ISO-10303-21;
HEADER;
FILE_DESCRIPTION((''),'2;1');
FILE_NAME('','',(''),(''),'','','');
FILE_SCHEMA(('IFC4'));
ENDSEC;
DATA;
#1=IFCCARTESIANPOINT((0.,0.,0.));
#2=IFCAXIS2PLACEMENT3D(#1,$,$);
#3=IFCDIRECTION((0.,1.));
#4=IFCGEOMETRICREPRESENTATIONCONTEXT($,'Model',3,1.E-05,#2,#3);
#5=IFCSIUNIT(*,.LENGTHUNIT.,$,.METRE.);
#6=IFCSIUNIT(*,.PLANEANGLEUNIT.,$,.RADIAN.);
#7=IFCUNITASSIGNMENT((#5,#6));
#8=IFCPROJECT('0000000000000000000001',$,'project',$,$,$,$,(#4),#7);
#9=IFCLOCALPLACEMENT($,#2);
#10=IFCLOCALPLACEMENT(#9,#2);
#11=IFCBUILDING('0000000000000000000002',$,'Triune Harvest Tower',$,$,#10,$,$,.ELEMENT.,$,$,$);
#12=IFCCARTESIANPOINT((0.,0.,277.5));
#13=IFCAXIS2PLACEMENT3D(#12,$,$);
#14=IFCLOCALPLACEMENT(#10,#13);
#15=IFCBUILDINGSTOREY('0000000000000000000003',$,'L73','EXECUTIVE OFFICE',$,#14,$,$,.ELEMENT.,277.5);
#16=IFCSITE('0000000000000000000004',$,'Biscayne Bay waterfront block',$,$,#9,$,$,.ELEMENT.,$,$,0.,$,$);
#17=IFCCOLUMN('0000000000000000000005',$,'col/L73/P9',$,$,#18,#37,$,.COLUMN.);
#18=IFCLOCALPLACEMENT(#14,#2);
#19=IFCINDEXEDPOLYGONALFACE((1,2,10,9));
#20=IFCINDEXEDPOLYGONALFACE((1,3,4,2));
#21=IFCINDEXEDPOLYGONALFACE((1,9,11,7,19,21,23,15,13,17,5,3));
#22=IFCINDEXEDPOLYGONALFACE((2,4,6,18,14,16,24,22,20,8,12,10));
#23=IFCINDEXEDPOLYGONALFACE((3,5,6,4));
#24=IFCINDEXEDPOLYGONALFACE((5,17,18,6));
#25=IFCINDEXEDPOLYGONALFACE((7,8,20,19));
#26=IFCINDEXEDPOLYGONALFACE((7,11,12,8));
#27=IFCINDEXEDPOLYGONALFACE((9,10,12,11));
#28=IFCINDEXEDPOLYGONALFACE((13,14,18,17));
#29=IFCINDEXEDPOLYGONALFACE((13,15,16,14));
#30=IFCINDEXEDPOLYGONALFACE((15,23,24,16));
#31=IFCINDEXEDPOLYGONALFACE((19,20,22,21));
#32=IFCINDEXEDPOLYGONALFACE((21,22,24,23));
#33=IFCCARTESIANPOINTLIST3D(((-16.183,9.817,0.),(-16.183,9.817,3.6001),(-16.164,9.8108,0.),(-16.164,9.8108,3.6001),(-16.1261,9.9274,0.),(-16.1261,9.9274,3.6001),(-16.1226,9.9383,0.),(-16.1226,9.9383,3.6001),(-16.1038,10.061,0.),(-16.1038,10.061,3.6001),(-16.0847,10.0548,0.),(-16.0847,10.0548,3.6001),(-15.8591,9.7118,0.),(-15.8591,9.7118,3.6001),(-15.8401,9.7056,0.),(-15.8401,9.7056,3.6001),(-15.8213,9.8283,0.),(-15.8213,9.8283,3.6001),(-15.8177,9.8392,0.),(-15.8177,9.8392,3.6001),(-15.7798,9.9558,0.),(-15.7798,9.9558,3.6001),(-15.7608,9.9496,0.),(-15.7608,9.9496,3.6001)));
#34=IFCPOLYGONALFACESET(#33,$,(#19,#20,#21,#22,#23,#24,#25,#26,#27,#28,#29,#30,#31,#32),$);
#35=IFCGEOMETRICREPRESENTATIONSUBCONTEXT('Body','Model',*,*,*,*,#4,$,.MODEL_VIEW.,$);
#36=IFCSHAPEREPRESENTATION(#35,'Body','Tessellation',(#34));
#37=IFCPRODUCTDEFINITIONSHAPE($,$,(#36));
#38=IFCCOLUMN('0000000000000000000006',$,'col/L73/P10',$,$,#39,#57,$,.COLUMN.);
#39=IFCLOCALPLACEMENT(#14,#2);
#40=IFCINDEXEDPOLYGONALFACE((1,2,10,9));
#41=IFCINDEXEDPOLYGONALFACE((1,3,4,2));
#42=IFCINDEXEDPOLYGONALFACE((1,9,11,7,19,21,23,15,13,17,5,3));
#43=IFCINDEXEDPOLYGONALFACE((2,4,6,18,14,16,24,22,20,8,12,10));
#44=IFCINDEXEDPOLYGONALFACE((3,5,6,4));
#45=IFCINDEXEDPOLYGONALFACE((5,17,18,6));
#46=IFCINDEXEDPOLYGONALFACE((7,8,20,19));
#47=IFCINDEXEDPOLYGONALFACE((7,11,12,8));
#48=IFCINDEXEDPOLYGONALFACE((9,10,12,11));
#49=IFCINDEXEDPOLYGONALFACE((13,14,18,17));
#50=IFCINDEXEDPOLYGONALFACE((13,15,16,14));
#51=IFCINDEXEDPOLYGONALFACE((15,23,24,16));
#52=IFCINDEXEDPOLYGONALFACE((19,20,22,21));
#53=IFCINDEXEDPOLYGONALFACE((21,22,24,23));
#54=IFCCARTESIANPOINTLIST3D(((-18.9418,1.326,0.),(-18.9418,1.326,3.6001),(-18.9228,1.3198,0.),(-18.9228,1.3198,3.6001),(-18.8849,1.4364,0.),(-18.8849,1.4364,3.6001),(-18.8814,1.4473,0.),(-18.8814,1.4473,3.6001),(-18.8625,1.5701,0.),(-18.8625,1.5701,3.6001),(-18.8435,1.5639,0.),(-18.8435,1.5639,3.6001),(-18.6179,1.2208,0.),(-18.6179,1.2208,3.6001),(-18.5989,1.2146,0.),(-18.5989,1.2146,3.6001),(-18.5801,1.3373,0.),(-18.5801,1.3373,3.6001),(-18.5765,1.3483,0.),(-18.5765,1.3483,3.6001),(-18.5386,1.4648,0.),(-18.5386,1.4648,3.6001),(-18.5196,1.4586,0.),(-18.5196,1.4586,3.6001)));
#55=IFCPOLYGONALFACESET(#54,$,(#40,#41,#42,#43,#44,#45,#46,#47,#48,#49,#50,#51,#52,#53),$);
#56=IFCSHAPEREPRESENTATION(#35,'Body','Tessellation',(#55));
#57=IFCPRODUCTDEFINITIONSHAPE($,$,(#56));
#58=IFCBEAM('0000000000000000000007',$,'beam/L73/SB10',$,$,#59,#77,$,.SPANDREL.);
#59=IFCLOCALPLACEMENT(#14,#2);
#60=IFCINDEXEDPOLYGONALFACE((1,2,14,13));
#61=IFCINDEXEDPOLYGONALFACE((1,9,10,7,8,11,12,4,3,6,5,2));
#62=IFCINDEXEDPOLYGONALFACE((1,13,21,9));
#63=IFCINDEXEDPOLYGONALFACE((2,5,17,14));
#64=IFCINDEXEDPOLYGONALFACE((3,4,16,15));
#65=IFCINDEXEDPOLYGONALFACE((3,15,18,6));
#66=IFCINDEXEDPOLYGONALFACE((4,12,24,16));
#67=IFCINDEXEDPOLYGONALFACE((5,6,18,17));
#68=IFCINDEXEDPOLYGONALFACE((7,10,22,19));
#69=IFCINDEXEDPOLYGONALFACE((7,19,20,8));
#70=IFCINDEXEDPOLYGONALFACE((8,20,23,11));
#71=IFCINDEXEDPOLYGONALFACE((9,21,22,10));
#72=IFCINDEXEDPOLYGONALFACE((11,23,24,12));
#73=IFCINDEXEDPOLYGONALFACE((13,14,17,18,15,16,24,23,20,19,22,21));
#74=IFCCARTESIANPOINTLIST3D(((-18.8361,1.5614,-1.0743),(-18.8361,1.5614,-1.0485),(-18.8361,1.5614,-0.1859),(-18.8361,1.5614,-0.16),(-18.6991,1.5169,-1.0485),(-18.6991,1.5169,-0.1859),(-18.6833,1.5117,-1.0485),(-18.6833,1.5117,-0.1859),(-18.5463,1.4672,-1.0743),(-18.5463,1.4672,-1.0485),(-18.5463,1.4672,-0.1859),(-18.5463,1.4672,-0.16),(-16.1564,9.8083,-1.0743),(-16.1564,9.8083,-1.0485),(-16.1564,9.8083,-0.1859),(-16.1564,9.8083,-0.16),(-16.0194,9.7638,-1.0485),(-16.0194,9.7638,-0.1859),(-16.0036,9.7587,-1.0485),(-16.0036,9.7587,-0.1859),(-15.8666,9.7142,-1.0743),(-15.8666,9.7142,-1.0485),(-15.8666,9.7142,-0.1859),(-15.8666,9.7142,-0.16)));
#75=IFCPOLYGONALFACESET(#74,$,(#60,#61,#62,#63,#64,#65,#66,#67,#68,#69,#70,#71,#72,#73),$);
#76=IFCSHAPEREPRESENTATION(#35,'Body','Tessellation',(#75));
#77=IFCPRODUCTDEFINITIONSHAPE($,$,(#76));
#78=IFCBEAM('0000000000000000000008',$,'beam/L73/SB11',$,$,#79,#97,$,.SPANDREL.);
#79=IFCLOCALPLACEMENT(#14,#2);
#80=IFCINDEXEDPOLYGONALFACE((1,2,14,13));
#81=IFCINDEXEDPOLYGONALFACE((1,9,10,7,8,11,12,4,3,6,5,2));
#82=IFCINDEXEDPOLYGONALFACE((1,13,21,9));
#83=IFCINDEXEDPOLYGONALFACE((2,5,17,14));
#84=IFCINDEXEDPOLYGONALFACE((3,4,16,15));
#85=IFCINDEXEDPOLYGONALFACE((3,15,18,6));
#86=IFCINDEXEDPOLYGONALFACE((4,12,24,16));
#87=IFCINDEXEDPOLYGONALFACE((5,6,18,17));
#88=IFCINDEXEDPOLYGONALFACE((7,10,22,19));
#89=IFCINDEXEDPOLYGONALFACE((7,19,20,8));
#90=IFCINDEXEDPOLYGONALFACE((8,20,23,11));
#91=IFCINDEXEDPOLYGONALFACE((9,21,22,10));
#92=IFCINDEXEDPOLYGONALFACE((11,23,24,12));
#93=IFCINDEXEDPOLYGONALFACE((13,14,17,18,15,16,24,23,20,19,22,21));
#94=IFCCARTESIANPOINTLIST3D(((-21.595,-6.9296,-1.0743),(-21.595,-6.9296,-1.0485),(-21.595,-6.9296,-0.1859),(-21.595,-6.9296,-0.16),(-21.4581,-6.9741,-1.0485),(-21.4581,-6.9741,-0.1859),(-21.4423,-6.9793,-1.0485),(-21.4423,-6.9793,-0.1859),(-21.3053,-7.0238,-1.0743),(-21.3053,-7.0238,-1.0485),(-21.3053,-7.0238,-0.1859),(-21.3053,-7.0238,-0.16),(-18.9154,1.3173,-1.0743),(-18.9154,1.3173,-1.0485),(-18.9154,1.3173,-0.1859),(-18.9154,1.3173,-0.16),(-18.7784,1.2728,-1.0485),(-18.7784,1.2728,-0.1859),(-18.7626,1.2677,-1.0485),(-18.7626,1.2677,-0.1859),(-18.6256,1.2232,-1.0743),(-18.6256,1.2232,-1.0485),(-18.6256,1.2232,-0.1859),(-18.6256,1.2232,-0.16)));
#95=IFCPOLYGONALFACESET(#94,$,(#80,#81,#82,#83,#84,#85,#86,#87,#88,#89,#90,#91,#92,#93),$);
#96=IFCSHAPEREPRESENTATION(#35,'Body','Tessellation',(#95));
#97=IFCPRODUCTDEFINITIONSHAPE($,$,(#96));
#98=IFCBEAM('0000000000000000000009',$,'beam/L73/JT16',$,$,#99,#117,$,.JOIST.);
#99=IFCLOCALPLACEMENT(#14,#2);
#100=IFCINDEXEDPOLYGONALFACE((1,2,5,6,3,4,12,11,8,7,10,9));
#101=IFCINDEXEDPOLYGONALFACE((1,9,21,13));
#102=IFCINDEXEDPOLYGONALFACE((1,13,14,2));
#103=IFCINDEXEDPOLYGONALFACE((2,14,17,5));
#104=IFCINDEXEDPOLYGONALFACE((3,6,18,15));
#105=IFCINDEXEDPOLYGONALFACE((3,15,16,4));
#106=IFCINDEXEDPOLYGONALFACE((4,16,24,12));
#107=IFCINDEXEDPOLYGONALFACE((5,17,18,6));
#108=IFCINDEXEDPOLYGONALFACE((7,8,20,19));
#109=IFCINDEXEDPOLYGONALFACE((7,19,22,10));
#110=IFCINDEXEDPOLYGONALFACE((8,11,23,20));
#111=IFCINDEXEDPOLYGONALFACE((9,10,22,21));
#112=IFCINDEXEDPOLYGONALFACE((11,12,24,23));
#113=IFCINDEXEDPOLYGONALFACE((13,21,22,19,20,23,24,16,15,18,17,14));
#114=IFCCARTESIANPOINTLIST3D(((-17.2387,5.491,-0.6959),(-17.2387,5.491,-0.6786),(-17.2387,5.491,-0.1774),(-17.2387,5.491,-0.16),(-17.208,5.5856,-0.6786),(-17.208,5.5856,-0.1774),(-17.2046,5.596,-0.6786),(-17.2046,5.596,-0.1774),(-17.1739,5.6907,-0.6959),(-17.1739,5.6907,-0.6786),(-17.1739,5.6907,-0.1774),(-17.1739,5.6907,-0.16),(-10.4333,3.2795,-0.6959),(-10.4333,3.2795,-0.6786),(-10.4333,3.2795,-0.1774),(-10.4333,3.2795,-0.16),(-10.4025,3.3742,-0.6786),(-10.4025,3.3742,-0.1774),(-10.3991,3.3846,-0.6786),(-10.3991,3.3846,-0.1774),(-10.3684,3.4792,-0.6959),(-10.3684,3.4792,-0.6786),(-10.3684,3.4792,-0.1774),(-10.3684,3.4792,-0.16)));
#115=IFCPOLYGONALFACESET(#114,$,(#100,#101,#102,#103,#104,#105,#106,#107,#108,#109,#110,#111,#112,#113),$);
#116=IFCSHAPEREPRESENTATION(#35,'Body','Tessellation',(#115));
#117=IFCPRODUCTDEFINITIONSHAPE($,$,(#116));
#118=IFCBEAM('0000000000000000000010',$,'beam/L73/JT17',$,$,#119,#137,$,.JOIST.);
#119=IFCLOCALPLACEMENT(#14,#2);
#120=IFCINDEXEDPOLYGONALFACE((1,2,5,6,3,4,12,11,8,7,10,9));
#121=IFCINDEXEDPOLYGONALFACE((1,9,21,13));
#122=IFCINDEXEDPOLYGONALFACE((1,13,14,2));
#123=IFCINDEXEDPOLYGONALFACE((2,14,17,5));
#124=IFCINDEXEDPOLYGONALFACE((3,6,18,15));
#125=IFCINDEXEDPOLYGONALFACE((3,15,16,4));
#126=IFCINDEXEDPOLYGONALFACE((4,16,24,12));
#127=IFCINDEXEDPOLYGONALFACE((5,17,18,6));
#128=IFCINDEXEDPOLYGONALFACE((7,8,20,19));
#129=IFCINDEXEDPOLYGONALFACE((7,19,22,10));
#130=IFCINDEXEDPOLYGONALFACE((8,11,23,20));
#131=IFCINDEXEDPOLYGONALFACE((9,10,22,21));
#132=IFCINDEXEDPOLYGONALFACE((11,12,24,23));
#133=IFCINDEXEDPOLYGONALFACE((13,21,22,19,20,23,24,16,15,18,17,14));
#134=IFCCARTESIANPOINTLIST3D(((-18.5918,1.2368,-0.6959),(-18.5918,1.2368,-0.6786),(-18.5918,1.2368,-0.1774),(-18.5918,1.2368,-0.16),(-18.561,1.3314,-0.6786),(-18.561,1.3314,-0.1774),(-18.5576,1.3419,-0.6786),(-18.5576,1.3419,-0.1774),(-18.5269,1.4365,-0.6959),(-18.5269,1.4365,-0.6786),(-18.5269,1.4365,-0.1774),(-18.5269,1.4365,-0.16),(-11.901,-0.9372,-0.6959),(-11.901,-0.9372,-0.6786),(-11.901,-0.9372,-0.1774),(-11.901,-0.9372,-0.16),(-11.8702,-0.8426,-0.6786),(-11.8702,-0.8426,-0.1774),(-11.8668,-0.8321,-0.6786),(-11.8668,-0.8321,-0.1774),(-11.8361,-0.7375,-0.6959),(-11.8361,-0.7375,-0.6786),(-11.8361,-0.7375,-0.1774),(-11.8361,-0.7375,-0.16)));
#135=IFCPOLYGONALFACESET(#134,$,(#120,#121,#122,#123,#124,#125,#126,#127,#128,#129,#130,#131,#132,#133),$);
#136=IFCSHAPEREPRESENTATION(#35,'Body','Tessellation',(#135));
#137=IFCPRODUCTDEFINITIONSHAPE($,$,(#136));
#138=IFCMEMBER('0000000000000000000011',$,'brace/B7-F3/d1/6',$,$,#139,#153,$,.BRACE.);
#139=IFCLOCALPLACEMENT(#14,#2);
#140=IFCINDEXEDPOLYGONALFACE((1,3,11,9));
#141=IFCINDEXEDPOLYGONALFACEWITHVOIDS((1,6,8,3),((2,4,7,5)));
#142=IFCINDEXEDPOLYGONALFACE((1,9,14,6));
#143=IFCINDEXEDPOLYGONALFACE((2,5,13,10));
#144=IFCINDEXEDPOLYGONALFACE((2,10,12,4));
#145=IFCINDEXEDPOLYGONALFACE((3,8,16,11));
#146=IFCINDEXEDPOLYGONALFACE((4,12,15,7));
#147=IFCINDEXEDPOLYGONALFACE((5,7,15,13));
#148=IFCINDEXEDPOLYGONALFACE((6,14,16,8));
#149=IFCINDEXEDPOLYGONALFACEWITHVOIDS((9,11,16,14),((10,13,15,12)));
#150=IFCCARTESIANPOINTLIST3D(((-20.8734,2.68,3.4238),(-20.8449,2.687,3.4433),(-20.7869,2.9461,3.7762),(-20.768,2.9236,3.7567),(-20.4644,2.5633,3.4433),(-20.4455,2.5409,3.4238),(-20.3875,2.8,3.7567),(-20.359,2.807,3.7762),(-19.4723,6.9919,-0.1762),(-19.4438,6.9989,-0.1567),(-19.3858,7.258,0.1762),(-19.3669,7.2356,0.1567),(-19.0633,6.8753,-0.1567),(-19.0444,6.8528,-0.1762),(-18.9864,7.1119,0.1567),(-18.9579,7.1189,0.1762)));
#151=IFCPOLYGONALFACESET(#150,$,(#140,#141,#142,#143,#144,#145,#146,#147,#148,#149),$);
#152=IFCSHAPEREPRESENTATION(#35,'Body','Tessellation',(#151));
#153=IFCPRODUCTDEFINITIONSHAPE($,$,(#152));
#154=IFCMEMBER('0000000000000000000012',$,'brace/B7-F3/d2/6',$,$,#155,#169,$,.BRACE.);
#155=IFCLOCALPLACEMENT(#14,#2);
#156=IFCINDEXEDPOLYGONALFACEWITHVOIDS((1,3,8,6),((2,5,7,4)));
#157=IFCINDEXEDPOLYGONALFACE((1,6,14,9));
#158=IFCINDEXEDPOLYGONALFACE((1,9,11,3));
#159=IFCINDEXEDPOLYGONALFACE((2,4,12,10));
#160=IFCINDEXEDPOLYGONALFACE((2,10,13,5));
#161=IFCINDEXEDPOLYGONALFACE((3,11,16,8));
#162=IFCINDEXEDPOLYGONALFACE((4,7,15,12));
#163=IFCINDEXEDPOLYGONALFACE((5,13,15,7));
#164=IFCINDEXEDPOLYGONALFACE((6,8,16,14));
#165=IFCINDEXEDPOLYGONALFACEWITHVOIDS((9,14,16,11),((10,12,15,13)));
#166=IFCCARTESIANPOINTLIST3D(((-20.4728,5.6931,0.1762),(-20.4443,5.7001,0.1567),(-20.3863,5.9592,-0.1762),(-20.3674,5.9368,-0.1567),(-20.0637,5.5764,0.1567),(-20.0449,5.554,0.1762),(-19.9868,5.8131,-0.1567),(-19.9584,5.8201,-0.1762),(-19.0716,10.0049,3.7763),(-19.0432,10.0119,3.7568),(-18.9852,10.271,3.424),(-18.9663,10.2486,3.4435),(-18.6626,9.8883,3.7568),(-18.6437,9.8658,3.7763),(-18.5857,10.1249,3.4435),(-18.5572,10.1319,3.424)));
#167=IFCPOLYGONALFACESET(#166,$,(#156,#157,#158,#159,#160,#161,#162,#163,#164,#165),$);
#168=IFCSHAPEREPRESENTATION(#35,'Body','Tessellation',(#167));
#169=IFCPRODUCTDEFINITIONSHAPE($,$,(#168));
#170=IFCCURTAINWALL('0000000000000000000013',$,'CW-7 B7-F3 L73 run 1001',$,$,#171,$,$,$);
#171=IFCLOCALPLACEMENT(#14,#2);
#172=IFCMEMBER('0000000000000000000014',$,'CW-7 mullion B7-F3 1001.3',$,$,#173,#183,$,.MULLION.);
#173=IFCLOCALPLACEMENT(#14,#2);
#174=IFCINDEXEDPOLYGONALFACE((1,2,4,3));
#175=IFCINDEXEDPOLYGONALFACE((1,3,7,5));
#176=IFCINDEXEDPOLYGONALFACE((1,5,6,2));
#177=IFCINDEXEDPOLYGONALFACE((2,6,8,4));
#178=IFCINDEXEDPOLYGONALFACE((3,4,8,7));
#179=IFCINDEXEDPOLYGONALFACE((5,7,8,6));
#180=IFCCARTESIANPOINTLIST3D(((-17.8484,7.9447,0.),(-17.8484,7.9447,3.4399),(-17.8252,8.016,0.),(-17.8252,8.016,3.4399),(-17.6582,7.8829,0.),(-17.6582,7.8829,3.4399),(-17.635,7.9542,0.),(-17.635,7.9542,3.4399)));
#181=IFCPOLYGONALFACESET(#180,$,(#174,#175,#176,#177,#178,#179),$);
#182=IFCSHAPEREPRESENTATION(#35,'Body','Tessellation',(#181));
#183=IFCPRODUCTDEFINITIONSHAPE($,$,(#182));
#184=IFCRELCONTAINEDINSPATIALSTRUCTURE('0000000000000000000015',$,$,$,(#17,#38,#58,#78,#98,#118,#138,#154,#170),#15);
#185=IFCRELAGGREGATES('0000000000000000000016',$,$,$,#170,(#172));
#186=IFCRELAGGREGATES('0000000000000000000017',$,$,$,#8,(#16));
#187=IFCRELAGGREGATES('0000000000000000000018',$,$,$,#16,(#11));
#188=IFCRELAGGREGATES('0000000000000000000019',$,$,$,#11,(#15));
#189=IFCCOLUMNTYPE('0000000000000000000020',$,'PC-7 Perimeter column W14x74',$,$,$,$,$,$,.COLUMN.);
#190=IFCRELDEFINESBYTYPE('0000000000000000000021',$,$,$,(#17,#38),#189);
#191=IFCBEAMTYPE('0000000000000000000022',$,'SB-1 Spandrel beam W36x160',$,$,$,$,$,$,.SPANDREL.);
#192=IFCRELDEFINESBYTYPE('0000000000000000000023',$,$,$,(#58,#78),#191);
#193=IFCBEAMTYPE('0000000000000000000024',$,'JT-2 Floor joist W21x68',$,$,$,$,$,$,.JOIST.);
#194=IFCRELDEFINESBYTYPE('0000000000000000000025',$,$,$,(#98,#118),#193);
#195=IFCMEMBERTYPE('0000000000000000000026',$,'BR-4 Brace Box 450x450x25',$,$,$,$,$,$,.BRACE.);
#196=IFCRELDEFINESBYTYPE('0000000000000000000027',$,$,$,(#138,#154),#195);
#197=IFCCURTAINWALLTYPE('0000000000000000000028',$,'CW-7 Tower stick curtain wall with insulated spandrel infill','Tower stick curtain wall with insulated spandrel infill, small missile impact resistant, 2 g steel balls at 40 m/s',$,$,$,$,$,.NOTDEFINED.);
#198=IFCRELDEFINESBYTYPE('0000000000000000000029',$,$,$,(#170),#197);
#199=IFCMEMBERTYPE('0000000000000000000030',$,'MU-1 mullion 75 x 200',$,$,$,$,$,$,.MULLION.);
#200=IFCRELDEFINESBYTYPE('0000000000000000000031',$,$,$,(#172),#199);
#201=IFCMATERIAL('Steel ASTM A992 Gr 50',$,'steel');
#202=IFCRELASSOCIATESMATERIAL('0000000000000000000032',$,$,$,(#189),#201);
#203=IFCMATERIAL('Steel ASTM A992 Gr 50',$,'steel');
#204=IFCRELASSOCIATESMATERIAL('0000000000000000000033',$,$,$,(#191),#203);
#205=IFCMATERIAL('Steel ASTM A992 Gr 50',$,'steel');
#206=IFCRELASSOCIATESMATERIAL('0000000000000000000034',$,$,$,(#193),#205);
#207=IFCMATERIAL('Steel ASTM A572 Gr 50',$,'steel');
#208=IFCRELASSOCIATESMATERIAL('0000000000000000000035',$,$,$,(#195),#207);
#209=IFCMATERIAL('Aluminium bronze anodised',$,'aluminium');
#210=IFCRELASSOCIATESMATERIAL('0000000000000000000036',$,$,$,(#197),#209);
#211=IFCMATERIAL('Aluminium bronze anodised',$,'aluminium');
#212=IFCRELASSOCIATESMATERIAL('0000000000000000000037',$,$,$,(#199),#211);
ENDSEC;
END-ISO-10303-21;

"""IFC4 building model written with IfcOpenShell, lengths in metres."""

from ifc_helpers import new_model, si_unit, direction, frame, origin, origin_2d, place, context, subcontext, project, spatial, rectangle, hollow_rectangle, i_section, extrude, source, transform, mapped, material, material_profile, profile_set, type_object, element, aggregate, save


model = new_model("IFC4")

# Units and contexts
model_context = context("Model", 3, precision=1e-05, world=origin(), true_north=direction((0.0, 1.0)))
body_context = subcontext(model_context, "Body", "Model", "MODEL_VIEW")
ifc_project = project(units=[si_unit("LENGTHUNIT", "METRE"), si_unit("PLANEANGLEUNIT", "RADIAN")], contexts=[model_context])

# Site, building, storey
site_placement = place(None, origin())
site = spatial("IfcSite", under=ifc_project, at=site_placement, Name="Biscayne Bay waterfront block", CompositionType="ELEMENT", RefElevation=0.0)
building_placement = place(site_placement, origin())
building = spatial("IfcBuilding", under=site, at=building_placement, Name="Triune Harvest Tower", CompositionType="ELEMENT")
storey_placement = place(building_placement, frame((0.0, 0.0, 277.5)))
storey = spatial("IfcBuildingStorey", under=building, at=storey_placement, Name="L73", Description="EXECUTIVE OFFICE", CompositionType="ELEMENT", Elevation=277.5)

# Columns
ifc_material_1 = material(Name="Steel ASTM A992 Gr 50", Category="steel")
ifc_material_profile_1 = material_profile(ifc_material_1, i_section(OverallWidth=0.2566, OverallDepth=0.3606, WebThickness=0.0115, FlangeThickness=0.02, at=origin_2d()), Name="W14x74")
ifc_profile_set_1 = profile_set([ifc_material_profile_1], Name="Steel ASTM A992 Gr 50")
column_type = type_object("IfcColumnType", Name="PC-7 Perimeter column W14x74", PredefinedType="COLUMN", material=ifc_profile_set_1)
shared_shape_1 = source(origin(), body_context, "Body", "SweptSolid", [
    extrude(i_section(OverallWidth=0.2566, OverallDepth=0.3606, WebThickness=0.0115, FlangeThickness=0.02, at=origin_2d()), origin(), (0.0, 0.0, 1.0), 3.6001),
])
for number, where, z_axis, x_axis, name in (
    (1, (-15.9719, 9.8833, 0.0), (0.0, 0.0, 1.0), (-0.309015, -0.951057, 0.0), "col/L73/P9"),
    (2, (-18.7307, 1.3923, 0.0), (0.0, 0.0, 1.0), (-0.309015, -0.951057, 0.0), "col/L73/P10"),
):
    element("IfcColumn", number, at=place(storey_placement, frame(where, z_axis=z_axis, x_axis=x_axis)), inside=storey, type_object=column_type, Name=name, PredefinedType="COLUMN", context=body_context, shape_type="MappedRepresentation", body=[
        mapped(shared_shape_1, transform((0.0, 0.0, 0.0), scale=1.0)),
    ])

# Beams
ifc_material_2 = material(Name="Steel ASTM A992 Gr 50", Category="steel")
ifc_material_profile_2 = material_profile(ifc_material_2, i_section(OverallWidth=0.3047, OverallDepth=0.9143, WebThickness=0.0166, FlangeThickness=0.0259, at=origin_2d()), Name="W36x160")
ifc_profile_set_2 = profile_set([ifc_material_profile_2], Name="Steel ASTM A992 Gr 50")
beam_type_1 = type_object("IfcBeamType", Name="SB-1 Spandrel beam W36x160", PredefinedType="SPANDREL", material=ifc_profile_set_2)
shared_shape_2 = source(origin(), body_context, "Body", "SweptSolid", [
    extrude(i_section(OverallWidth=0.3047, OverallDepth=0.9143, WebThickness=0.0166, FlangeThickness=0.0259, at=origin_2d()), origin(), (0.0, 0.0, 1.0), 8.6714),
])
for number, where, z_axis, x_axis, name in (
    (3, (-16.0115, 9.7612, -0.6172), (-0.309031, -0.951052, 0.0), (0.951052, -0.309031, 0.0), "beam/L73/SB10"),
    (4, (-18.7705, 1.2703, -0.6172), (-0.309022, -0.951055, 0.0), (0.951055, -0.309022, 0.0), "beam/L73/SB11"),
):
    element("IfcBeam", number, at=place(storey_placement, frame(where, z_axis=z_axis, x_axis=x_axis)), inside=storey, type_object=beam_type_1, Name=name, PredefinedType="SPANDREL", context=body_context, shape_type="MappedRepresentation", body=[
        mapped(shared_shape_2, transform((0.0, 0.0, 0.0), scale=1.0)),
    ])
ifc_material_3 = material(Name="Steel ASTM A992 Gr 50", Category="steel")
ifc_material_profile_3 = material_profile(ifc_material_3, i_section(OverallWidth=0.21, OverallDepth=0.5359, WebThickness=0.011, FlangeThickness=0.0173, at=origin_2d()), Name="W21x68")
ifc_profile_set_3 = profile_set([ifc_material_profile_3], Name="Steel ASTM A992 Gr 50")
beam_type_2 = type_object("IfcBeamType", Name="JT-2 Floor joist W21x68", PredefinedType="JOIST", material=ifc_profile_set_3)
shared_shape_3 = source(origin(), body_context, "Body", "SweptSolid", [
    extrude(i_section(OverallWidth=0.21, OverallDepth=0.5359, WebThickness=0.011, FlangeThickness=0.0173, at=origin_2d()), origin(), (0.0, 0.0, 1.0), 7.1558),
])
beam_1_placement = place(storey_placement, frame((-17.2063, 5.5908, -0.428), z_axis=(0.951048, -0.309044, 0.0), x_axis=(0.309044, 0.951048, 0.0)))
element("IfcBeam", 5, at=beam_1_placement, inside=storey, type_object=beam_type_2, Name="beam/L73/JT16", PredefinedType="JOIST", context=body_context, shape_type="MappedRepresentation", body=[
    mapped(shared_shape_3, transform((0.0, 0.0, 0.0), scale=1.0)),
])
shared_shape_4 = source(origin(), body_context, "Body", "SweptSolid", [
    extrude(i_section(OverallWidth=0.21, OverallDepth=0.5359, WebThickness=0.011, FlangeThickness=0.0173, at=origin_2d()), origin(), (0.0, 0.0, 1.0), 7.0352),
])
beam_2_placement = place(storey_placement, frame((-18.5593, 1.3367, -0.428), z_axis=(0.951054, -0.309025, 0.0), x_axis=(0.309025, 0.951054, 0.0)))
element("IfcBeam", 6, at=beam_2_placement, inside=storey, type_object=beam_type_2, Name="beam/L73/JT17", PredefinedType="JOIST", context=body_context, shape_type="MappedRepresentation", body=[
    mapped(shared_shape_4, transform((0.0, 0.0, 0.0), scale=1.0)),
])

# Members
ifc_material_4 = material(Name="Steel ASTM A572 Gr 50", Category="steel")
ifc_material_profile_4 = material_profile(ifc_material_4, hollow_rectangle(XDim=0.45, YDim=0.45, WallThickness=0.0249, at=origin_2d()), Name="Box 450x450x25")
ifc_profile_set_4 = profile_set([ifc_material_profile_4], Name="Steel ASTM A572 Gr 50")
member_type_1 = type_object("IfcMemberType", Name="BR-4 Brace Box 450x450x25", PredefinedType="BRACE", material=ifc_profile_set_4)
shared_shape_5 = source(origin(), body_context, "Body", "SweptSolid", [
    extrude(hollow_rectangle(XDim=0.45, YDim=0.45, WallThickness=0.0249, at=origin_2d()), origin(), (0.0, 0.0, 1.0), 5.7893),
])
for number, where, z_axis, x_axis, name in (
    (7, (-19.2151, 7.0554, 0.0), (-0.242015, -0.74481, 0.621842), (0.951052, -0.30903, 0.0), "brace/B7-F3/d1/6"),
    (8, (-20.2156, 5.7566, 0.0), (0.242022, 0.744791, 0.621861), (-0.951047, 0.309046, 0.0), "brace/B7-F3/d2/6"),
):
    element("IfcMember", number, at=place(storey_placement, frame(where, z_axis=z_axis, x_axis=x_axis)), inside=storey, type_object=member_type_1, Name=name, PredefinedType="BRACE", context=body_context, shape_type="MappedRepresentation", body=[
        mapped(shared_shape_5, transform((0.0, 0.0, 0.0), scale=1.0)),
    ])

# Curtain wall, member
ifc_material_5 = material(Name="Aluminium bronze anodised", Category="aluminium")
curtain_wall_type = type_object("IfcCurtainWallType", Name="CW-7 Tower stick curtain wall with insulated spandrel infill", Description="Tower stick curtain wall with insulated spandrel infill, small missile impact resistant, 2 g steel balls at 40 m/s", PredefinedType="NOTDEFINED", material=ifc_material_5)
curtain_wall_placement = place(storey_placement, origin())
curtain_wall = element("IfcCurtainWall", 9, at=curtain_wall_placement, inside=storey, type_object=curtain_wall_type, Name="CW-7 B7-F3 L73 run 1001")
ifc_material_6 = material(Name="Aluminium bronze anodised", Category="aluminium")
ifc_material_profile_5 = material_profile(ifc_material_6, rectangle(XDim=0.2, YDim=0.075, at=origin_2d()), Name="MU-1 mullion 75 x 200")
ifc_profile_set_5 = profile_set([ifc_material_profile_5], Name="Aluminium bronze anodised")
member_type_2 = type_object("IfcMemberType", Name="MU-1 mullion 75 x 200", PredefinedType="MULLION", material=ifc_profile_set_5)
shared_shape_6 = source(origin(), body_context, "Body", "SweptSolid", [
    extrude(rectangle(XDim=0.2, YDim=0.075, at=origin_2d()), origin(), (0.0, 0.0, 1.0), 3.4399),
])
member_1_placement = place(storey_placement, frame((-17.7417, 7.9495, 0.0), z_axis=(0.0, 0.0, 1.0), x_axis=(0.951056, -0.30902, 0.0)))
member_1 = element("IfcMember", 10, at=member_1_placement, type_object=member_type_2, Name="CW-7 mullion B7-F3 1001.3", PredefinedType="MULLION", context=body_context, shape_type="MappedRepresentation", body=[
    mapped(shared_shape_6, transform((0.0, 0.0, 0.0), scale=1.0)),
])
aggregate(curtain_wall, [member_1])

save(model, "model.ifc")
